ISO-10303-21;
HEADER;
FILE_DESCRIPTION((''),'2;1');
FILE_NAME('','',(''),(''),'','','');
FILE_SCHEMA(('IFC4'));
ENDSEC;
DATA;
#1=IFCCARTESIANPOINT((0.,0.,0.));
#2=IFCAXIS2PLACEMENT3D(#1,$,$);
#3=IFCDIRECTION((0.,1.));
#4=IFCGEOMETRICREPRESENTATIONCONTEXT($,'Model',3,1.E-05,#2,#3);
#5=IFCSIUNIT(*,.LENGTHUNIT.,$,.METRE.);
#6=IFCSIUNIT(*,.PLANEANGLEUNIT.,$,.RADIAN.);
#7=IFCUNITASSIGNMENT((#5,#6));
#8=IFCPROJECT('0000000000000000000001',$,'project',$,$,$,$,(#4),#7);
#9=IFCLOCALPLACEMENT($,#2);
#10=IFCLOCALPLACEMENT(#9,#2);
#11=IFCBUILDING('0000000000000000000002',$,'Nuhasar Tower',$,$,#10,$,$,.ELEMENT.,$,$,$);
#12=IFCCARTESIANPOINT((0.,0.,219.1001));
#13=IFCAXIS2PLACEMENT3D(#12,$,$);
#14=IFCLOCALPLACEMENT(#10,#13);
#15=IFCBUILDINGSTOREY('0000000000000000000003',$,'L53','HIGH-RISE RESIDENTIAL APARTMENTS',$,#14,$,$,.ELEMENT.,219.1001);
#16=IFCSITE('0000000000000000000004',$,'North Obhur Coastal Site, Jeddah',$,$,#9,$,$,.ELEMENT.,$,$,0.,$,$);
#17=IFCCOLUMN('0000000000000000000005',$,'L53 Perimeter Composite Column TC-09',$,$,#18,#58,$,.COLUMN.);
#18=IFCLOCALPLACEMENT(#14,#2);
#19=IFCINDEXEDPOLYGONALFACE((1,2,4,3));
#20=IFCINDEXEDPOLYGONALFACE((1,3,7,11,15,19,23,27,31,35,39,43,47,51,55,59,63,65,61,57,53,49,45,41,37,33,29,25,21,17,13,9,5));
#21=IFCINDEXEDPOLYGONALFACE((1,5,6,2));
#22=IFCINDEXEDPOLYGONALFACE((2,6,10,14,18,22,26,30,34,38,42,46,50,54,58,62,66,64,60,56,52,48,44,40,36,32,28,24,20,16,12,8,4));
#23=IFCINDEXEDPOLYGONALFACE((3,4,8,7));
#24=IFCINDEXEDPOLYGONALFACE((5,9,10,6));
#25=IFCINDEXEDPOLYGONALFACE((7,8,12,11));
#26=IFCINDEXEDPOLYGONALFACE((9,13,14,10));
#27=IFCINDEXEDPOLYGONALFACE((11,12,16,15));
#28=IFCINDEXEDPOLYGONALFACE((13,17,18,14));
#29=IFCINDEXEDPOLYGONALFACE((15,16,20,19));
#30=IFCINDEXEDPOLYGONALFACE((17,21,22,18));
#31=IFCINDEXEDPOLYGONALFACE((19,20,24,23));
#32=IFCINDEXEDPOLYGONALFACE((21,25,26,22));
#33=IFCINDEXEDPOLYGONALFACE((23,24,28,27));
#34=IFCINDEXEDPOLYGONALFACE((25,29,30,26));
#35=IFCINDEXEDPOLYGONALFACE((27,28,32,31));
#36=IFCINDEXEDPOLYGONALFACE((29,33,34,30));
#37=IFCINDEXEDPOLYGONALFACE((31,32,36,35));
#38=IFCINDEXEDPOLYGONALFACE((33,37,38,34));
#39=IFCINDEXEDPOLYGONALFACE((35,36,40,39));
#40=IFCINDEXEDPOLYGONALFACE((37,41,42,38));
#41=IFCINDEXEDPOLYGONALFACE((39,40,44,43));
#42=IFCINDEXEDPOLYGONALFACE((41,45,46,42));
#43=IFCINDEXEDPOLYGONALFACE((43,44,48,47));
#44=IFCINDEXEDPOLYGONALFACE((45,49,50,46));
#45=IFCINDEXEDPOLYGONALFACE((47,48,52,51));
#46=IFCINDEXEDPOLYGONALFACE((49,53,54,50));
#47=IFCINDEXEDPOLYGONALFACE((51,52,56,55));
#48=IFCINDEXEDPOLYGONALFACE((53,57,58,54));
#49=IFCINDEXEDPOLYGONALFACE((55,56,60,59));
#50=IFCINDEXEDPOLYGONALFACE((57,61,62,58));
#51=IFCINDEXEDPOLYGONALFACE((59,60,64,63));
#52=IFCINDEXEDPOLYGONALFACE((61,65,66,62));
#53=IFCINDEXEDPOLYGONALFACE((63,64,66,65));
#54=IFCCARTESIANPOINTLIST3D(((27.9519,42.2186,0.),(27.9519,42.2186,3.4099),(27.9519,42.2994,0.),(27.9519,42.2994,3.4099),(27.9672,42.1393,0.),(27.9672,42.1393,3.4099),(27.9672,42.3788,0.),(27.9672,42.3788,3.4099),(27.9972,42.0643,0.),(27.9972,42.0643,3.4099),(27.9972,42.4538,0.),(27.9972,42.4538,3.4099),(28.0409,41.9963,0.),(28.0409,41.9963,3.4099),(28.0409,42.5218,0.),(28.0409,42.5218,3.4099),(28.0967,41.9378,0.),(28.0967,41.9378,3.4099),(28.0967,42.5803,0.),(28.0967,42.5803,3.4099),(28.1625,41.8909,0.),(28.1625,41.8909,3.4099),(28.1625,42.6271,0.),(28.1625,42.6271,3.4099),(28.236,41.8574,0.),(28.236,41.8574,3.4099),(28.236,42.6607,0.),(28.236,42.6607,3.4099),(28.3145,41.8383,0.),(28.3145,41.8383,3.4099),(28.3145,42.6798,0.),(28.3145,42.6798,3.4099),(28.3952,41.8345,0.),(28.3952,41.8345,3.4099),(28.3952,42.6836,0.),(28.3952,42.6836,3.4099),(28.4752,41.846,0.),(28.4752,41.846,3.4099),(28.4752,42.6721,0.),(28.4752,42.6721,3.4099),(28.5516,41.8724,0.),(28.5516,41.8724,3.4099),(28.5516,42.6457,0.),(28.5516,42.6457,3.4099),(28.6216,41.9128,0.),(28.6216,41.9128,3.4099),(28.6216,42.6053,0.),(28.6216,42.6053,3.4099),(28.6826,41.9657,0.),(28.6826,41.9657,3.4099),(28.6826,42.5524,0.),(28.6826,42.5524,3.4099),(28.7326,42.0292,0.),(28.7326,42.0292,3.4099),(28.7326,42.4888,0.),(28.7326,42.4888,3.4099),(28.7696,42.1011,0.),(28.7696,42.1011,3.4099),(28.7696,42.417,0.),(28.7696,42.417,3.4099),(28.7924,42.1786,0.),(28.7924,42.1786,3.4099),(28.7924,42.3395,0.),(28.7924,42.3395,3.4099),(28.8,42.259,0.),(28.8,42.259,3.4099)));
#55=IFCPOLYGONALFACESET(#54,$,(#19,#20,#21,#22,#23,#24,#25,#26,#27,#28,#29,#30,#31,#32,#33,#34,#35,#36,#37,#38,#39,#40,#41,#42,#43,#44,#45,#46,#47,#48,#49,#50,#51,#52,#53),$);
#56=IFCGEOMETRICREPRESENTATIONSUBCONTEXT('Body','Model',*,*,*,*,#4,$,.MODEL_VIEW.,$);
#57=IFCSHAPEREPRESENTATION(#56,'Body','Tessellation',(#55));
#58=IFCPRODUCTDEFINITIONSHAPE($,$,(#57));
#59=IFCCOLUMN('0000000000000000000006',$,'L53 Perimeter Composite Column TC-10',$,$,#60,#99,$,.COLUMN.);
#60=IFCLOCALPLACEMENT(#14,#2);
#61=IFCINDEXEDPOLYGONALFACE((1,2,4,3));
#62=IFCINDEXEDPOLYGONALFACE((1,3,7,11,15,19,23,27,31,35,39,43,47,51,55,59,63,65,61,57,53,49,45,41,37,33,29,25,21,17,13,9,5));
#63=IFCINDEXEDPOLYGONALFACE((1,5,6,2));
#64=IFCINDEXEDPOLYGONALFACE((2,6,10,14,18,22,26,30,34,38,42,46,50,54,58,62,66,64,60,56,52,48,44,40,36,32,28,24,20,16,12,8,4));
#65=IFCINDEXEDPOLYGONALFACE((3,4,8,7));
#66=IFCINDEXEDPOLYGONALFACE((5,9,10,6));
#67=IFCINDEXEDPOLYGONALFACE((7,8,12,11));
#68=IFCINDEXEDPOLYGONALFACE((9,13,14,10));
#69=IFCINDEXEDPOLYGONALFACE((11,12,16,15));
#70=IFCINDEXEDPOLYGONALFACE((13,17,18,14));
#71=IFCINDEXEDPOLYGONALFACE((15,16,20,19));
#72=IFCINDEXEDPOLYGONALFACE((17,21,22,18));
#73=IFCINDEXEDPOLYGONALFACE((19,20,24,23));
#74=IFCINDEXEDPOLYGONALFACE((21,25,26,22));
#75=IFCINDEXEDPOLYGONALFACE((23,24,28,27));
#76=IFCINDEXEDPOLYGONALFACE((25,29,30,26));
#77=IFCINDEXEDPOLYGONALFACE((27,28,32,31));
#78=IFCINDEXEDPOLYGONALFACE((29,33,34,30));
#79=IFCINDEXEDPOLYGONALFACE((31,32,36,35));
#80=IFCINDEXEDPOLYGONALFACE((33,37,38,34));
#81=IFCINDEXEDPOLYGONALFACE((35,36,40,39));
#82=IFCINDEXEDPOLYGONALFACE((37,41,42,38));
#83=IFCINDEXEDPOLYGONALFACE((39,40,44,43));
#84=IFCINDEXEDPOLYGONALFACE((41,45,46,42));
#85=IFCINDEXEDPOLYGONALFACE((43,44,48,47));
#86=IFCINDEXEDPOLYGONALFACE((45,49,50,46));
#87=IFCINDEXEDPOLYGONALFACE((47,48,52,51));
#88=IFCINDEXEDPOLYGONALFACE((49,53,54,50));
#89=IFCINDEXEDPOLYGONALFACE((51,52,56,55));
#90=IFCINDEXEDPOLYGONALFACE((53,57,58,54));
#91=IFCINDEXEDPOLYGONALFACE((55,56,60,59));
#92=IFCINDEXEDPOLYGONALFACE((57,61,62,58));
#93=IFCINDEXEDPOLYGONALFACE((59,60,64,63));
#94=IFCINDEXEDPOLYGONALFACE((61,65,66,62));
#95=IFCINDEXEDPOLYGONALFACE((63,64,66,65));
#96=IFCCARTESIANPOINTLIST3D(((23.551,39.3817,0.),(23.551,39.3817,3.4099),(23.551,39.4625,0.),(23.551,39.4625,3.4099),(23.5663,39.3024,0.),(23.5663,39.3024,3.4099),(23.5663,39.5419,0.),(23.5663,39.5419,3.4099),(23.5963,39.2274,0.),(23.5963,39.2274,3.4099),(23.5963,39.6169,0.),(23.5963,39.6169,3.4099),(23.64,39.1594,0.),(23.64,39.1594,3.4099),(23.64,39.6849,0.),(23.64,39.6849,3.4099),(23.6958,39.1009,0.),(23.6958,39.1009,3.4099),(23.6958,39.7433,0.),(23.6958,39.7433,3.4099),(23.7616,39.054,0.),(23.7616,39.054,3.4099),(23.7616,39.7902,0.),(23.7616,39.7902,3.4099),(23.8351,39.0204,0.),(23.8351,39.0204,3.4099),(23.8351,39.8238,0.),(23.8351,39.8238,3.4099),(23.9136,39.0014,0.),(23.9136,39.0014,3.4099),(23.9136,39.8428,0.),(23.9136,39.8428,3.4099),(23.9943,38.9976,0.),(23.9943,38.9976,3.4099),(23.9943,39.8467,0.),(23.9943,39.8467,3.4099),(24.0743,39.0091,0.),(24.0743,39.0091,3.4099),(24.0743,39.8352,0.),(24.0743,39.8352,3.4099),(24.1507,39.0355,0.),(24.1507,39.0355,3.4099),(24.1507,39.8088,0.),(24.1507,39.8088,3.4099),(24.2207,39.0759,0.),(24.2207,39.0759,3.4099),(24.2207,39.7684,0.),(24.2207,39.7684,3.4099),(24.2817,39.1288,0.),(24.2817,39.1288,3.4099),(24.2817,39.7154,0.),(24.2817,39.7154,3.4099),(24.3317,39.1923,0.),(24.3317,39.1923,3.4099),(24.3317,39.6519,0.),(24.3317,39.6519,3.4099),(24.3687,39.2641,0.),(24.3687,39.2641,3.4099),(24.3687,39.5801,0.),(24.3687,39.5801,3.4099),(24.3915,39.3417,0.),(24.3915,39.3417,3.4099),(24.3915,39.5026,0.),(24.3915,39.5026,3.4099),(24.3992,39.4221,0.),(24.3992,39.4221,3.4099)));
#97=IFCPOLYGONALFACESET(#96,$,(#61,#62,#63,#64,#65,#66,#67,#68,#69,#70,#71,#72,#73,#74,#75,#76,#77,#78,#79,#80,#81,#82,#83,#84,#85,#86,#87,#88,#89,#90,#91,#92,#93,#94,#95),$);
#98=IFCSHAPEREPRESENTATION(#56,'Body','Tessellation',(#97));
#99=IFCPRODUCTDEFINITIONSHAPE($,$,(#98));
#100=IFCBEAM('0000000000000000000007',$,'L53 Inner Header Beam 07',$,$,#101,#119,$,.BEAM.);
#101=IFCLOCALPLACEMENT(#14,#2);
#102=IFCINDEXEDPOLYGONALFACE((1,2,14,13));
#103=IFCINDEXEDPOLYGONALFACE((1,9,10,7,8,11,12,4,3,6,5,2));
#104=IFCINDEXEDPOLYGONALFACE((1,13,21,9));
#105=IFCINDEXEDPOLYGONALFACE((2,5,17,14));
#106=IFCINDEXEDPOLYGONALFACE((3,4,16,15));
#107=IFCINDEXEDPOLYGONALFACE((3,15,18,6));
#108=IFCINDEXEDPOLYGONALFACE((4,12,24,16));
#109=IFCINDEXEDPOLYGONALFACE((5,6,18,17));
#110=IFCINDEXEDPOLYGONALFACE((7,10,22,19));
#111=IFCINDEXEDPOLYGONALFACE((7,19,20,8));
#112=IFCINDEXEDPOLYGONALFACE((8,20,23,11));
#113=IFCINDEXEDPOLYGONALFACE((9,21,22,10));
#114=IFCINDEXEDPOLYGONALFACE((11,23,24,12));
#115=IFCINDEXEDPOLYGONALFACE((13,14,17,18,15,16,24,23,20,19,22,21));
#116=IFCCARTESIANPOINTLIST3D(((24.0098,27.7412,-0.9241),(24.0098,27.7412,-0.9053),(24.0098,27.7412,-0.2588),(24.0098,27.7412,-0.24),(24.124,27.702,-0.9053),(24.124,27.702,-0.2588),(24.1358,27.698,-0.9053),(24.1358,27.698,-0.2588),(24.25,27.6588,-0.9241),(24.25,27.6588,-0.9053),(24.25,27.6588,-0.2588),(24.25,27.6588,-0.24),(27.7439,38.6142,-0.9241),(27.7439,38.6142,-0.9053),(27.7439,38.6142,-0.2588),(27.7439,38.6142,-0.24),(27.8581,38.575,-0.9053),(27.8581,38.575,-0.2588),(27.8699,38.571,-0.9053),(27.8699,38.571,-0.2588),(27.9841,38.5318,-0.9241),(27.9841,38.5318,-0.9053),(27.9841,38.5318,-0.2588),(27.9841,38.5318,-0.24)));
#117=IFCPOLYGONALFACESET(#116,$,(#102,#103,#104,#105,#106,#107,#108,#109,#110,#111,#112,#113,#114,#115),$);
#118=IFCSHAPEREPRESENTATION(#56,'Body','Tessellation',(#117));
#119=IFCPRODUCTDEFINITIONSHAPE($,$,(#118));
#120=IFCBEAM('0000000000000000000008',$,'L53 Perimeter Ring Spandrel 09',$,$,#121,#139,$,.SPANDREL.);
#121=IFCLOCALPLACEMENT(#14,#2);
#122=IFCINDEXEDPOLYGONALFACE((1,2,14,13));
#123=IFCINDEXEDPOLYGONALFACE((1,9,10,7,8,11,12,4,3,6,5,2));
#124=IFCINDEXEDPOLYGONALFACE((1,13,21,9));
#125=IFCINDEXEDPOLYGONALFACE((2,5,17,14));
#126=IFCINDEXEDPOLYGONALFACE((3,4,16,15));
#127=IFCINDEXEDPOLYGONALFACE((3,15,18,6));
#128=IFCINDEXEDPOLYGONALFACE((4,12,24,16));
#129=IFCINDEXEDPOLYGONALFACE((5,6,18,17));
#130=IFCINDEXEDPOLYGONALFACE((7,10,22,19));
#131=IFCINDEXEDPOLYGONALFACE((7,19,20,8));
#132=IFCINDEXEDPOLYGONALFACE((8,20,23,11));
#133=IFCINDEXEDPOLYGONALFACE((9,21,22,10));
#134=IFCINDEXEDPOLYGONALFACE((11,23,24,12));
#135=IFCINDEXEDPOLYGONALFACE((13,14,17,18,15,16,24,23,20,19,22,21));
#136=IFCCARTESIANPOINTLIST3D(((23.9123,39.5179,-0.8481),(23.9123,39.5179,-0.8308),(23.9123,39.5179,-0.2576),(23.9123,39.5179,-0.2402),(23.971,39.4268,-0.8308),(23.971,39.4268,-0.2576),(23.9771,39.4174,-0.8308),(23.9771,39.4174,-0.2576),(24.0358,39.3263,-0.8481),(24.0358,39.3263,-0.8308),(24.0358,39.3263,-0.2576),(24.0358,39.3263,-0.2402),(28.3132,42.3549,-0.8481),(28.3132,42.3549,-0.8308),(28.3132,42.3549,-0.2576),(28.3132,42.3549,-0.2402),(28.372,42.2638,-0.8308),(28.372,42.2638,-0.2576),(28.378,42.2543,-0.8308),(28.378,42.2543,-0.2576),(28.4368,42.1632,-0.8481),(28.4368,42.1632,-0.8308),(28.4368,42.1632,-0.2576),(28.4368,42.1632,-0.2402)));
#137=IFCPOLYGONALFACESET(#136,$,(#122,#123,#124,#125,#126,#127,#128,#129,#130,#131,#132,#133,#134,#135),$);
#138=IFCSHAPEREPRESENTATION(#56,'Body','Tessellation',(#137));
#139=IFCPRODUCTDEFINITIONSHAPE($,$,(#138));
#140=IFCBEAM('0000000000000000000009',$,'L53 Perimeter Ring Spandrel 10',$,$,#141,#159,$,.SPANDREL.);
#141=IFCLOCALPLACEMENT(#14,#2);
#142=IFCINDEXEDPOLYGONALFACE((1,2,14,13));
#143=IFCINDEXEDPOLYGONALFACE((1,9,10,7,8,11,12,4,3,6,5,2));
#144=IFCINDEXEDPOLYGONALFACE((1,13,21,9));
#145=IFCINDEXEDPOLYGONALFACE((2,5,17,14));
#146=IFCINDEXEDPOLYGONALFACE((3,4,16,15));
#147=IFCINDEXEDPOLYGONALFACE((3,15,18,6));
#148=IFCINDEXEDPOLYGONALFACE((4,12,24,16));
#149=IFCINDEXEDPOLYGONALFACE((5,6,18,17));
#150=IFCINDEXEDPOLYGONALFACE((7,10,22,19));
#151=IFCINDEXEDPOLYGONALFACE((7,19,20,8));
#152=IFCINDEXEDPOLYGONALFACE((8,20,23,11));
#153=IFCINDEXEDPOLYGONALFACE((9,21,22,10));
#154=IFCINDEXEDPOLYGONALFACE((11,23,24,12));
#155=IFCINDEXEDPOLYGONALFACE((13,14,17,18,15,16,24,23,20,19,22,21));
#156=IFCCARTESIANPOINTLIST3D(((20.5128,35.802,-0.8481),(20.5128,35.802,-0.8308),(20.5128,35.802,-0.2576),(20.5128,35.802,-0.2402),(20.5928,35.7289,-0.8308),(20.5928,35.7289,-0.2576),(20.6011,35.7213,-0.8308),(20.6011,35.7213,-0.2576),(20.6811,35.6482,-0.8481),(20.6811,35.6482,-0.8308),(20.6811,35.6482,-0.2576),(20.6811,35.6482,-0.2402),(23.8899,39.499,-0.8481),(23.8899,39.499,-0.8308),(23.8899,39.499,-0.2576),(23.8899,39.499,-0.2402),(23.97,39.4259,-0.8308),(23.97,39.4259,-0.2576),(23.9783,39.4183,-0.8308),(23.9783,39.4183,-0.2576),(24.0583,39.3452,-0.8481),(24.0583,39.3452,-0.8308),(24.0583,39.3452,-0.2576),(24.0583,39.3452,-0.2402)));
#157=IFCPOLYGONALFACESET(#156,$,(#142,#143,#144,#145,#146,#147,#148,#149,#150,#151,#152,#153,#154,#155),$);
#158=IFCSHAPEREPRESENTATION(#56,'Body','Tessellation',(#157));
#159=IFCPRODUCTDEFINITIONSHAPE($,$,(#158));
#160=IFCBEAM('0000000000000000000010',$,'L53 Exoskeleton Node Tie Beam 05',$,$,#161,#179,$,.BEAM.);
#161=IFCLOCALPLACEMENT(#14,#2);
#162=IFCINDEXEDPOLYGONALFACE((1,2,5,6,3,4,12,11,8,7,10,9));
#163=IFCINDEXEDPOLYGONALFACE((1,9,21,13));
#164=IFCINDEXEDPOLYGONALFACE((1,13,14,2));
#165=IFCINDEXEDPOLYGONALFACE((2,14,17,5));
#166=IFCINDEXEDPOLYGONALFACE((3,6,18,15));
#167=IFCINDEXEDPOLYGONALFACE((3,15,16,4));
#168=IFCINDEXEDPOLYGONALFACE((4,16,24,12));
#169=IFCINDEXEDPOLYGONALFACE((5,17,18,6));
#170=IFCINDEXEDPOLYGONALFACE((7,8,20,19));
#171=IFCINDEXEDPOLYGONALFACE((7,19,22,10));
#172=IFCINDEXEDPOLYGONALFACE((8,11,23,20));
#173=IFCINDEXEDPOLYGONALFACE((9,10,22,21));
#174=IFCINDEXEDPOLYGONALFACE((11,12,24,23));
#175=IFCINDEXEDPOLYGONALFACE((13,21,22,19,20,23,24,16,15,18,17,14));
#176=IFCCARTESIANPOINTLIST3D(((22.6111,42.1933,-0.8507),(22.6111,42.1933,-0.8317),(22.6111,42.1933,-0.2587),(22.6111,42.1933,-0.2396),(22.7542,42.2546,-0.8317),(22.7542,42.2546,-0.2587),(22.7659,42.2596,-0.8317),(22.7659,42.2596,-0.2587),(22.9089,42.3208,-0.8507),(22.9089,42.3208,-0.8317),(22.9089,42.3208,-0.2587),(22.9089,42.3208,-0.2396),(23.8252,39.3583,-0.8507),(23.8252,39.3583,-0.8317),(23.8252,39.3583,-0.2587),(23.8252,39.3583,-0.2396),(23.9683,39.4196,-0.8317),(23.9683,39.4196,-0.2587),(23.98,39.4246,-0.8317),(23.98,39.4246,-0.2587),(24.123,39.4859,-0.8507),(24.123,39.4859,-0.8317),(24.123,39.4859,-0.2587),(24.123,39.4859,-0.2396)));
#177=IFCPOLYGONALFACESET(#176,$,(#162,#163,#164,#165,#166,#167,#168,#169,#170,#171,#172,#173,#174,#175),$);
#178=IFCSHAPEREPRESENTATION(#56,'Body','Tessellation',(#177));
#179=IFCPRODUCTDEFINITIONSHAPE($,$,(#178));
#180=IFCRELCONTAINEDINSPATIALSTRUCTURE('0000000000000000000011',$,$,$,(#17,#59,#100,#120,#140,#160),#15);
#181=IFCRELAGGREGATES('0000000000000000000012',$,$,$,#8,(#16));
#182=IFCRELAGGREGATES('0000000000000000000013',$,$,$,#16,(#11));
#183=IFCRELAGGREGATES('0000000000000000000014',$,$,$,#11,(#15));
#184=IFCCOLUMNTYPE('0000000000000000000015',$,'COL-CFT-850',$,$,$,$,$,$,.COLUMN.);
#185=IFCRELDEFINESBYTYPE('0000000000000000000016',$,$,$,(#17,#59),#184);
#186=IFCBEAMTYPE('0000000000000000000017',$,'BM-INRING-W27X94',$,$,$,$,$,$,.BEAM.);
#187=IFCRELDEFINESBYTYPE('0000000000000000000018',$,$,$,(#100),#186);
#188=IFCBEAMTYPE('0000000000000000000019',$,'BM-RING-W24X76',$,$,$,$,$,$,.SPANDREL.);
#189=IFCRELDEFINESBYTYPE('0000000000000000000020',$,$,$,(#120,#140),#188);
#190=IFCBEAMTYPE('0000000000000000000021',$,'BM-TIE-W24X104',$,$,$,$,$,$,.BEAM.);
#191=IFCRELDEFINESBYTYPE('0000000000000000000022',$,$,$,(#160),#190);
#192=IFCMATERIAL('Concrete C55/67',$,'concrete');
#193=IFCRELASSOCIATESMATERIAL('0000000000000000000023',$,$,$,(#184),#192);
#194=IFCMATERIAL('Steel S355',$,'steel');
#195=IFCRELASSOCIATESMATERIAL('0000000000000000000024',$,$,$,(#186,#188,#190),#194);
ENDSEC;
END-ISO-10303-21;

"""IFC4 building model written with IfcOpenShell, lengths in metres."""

from ifc_helpers import new_model, si_unit, direction, frame, origin, origin_2d, place, context, subcontext, project, spatial, circle, i_section, extrude, material, material_profile, profile_set, type_object, element, save


model = new_model("IFC4")

# Units and contexts
model_context = context("Model", 3, precision=1e-05, world=origin(), true_north=direction((0.0, 1.0)))
body_context = subcontext(model_context, "Body", "Model", "MODEL_VIEW")
ifc_project = project(units=[si_unit("LENGTHUNIT", "METRE"), si_unit("PLANEANGLEUNIT", "RADIAN")], contexts=[model_context])

# Site, building, storey
site_placement = place(None, origin())
site = spatial("IfcSite", under=ifc_project, at=site_placement, Name="North Obhur Coastal Site, Jeddah", CompositionType="ELEMENT", RefElevation=0.0)
building_placement = place(site_placement, origin())
building = spatial("IfcBuilding", under=site, at=building_placement, Name="Nuhasar Tower", CompositionType="ELEMENT")
storey_placement = place(building_placement, frame((0.0, 0.0, 219.1001)))
storey = spatial("IfcBuildingStorey", under=building, at=storey_placement, Name="L53", Description="HIGH-RISE RESIDENTIAL APARTMENTS", CompositionType="ELEMENT", Elevation=219.1001)

# Columns
ifc_material_1 = material(Name="Concrete C55/67", Category="concrete")
ifc_material_profile_1 = material_profile(ifc_material_1, circle(Radius=0.425, at=origin_2d()), Name="CFT850")
ifc_profile_set_1 = profile_set([ifc_material_profile_1], Name="Concrete C55/67")
column_type = type_object("IfcColumnType", Name="COL-CFT-850", PredefinedType="COLUMN", material=ifc_profile_set_1)
for number, where, z_axis, x_axis, name in (
    (1, (28.375, 42.259, 0.0), (0.0, 0.0, 1.0), (1.0, 0.0, 0.0), "L53 Perimeter Composite Column TC-09"),
    (2, (23.9741, 39.4221, 0.0), (0.0, 0.0, 1.0), (1.0, 0.0, 0.0), "L53 Perimeter Composite Column TC-10"),
):
    element("IfcColumn", number, at=place(storey_placement, frame(where, z_axis=z_axis, x_axis=x_axis)), inside=storey, type_object=column_type, Name=name, PredefinedType="COLUMN", context=body_context, shape_type="SweptSolid", body=[
        extrude(circle(Radius=0.425, at=origin_2d()), origin(), (0.0, 0.0, 1.0), 3.4099),
    ])

# Beams
ifc_material_2 = material(Name="Steel S355", Category="steel")
ifc_material_profile_2 = material_profile(ifc_material_2, i_section(OverallWidth=0.2539, OverallDepth=0.6841, WebThickness=0.0125, FlangeThickness=0.0188, at=origin_2d()), Name="W27X94")
ifc_profile_set_2 = profile_set([ifc_material_profile_2], Name="Steel S355")
beam_type_1 = type_object("IfcBeamType", Name="BM-INRING-W27X94", PredefinedType="BEAM", material=ifc_profile_set_2)
beam_1_placement = place(storey_placement, frame((27.864, 38.573, -0.582), z_axis=(-0.324809, -0.94578, 0.0), x_axis=(0.94578, -0.324809, 0.0)))
element("IfcBeam", 3, at=beam_1_placement, inside=storey, type_object=beam_type_1, Name="L53 Inner Header Beam 07", PredefinedType="BEAM", context=body_context, shape_type="SweptSolid", body=[
    extrude(i_section(OverallWidth=0.2539, OverallDepth=0.6841, WebThickness=0.0125, FlangeThickness=0.0188, at=origin_2d()), origin(), (0.0, 0.0, 1.0), 11.4963),
])
ifc_material_profile_3 = material_profile(ifc_material_2, i_section(OverallWidth=0.228, OverallDepth=0.6079, WebThickness=0.0112, FlangeThickness=0.0173, at=origin_2d()), Name="W24X76")
ifc_profile_set_3 = profile_set([ifc_material_profile_3], Name="Steel S355")
beam_type_2 = type_object("IfcBeamType", Name="BM-RING-W24X76", PredefinedType="SPANDREL", material=ifc_profile_set_3)
beam_2_placement = place(storey_placement, frame((28.375, 42.259, -0.5442), z_axis=(-0.840502, -0.541808, 0.0), x_axis=(0.541808, -0.840502, 0.0)))
element("IfcBeam", 4, at=beam_2_placement, inside=storey, type_object=beam_type_2, Name="L53 Perimeter Ring Spandrel 09", PredefinedType="SPANDREL", context=body_context, shape_type="SweptSolid", body=[
    extrude(i_section(OverallWidth=0.228, OverallDepth=0.6079, WebThickness=0.0112, FlangeThickness=0.0173, at=origin_2d()), origin(), (0.0, 0.0, 1.0), 5.2361),
])
beam_3_placement = place(storey_placement, frame((23.9741, 39.4221, -0.5442), z_axis=(-0.67445, -0.738321, 0.0), x_axis=(0.738321, -0.67445, 0.0)))
element("IfcBeam", 5, at=beam_3_placement, inside=storey, type_object=beam_type_2, Name="L53 Perimeter Ring Spandrel 10", PredefinedType="SPANDREL", context=body_context, shape_type="SweptSolid", body=[
    extrude(i_section(OverallWidth=0.228, OverallDepth=0.6079, WebThickness=0.0112, FlangeThickness=0.0173, at=origin_2d()), origin(), (0.0, 0.0, 1.0), 5.0073),
])
ifc_material_profile_4 = material_profile(ifc_material_2, i_section(OverallWidth=0.324, OverallDepth=0.6111, WebThickness=0.0127, FlangeThickness=0.019, at=origin_2d()), Name="W24X104")
ifc_profile_set_4 = profile_set([ifc_material_profile_4], Name="Steel S355")
beam_type_3 = type_object("IfcBeamType", Name="BM-TIE-W24X104", PredefinedType="BEAM", material=ifc_profile_set_4)
beam_4_placement = place(storey_placement, frame((23.9741, 39.4221, -0.5452), z_axis=(-0.39368, 0.919247, 0.0), x_axis=(-0.919247, -0.39368, 0.0)))
element("IfcBeam", 6, at=beam_4_placement, inside=storey, type_object=beam_type_3, Name="L53 Exoskeleton Node Tie Beam 05", PredefinedType="BEAM", context=body_context, shape_type="SweptSolid", body=[
    extrude(i_section(OverallWidth=0.324, OverallDepth=0.6111, WebThickness=0.0127, FlangeThickness=0.019, at=origin_2d()), origin(), (0.0, 0.0, 1.0), 3.084),
])

save(model, "model.ifc")
